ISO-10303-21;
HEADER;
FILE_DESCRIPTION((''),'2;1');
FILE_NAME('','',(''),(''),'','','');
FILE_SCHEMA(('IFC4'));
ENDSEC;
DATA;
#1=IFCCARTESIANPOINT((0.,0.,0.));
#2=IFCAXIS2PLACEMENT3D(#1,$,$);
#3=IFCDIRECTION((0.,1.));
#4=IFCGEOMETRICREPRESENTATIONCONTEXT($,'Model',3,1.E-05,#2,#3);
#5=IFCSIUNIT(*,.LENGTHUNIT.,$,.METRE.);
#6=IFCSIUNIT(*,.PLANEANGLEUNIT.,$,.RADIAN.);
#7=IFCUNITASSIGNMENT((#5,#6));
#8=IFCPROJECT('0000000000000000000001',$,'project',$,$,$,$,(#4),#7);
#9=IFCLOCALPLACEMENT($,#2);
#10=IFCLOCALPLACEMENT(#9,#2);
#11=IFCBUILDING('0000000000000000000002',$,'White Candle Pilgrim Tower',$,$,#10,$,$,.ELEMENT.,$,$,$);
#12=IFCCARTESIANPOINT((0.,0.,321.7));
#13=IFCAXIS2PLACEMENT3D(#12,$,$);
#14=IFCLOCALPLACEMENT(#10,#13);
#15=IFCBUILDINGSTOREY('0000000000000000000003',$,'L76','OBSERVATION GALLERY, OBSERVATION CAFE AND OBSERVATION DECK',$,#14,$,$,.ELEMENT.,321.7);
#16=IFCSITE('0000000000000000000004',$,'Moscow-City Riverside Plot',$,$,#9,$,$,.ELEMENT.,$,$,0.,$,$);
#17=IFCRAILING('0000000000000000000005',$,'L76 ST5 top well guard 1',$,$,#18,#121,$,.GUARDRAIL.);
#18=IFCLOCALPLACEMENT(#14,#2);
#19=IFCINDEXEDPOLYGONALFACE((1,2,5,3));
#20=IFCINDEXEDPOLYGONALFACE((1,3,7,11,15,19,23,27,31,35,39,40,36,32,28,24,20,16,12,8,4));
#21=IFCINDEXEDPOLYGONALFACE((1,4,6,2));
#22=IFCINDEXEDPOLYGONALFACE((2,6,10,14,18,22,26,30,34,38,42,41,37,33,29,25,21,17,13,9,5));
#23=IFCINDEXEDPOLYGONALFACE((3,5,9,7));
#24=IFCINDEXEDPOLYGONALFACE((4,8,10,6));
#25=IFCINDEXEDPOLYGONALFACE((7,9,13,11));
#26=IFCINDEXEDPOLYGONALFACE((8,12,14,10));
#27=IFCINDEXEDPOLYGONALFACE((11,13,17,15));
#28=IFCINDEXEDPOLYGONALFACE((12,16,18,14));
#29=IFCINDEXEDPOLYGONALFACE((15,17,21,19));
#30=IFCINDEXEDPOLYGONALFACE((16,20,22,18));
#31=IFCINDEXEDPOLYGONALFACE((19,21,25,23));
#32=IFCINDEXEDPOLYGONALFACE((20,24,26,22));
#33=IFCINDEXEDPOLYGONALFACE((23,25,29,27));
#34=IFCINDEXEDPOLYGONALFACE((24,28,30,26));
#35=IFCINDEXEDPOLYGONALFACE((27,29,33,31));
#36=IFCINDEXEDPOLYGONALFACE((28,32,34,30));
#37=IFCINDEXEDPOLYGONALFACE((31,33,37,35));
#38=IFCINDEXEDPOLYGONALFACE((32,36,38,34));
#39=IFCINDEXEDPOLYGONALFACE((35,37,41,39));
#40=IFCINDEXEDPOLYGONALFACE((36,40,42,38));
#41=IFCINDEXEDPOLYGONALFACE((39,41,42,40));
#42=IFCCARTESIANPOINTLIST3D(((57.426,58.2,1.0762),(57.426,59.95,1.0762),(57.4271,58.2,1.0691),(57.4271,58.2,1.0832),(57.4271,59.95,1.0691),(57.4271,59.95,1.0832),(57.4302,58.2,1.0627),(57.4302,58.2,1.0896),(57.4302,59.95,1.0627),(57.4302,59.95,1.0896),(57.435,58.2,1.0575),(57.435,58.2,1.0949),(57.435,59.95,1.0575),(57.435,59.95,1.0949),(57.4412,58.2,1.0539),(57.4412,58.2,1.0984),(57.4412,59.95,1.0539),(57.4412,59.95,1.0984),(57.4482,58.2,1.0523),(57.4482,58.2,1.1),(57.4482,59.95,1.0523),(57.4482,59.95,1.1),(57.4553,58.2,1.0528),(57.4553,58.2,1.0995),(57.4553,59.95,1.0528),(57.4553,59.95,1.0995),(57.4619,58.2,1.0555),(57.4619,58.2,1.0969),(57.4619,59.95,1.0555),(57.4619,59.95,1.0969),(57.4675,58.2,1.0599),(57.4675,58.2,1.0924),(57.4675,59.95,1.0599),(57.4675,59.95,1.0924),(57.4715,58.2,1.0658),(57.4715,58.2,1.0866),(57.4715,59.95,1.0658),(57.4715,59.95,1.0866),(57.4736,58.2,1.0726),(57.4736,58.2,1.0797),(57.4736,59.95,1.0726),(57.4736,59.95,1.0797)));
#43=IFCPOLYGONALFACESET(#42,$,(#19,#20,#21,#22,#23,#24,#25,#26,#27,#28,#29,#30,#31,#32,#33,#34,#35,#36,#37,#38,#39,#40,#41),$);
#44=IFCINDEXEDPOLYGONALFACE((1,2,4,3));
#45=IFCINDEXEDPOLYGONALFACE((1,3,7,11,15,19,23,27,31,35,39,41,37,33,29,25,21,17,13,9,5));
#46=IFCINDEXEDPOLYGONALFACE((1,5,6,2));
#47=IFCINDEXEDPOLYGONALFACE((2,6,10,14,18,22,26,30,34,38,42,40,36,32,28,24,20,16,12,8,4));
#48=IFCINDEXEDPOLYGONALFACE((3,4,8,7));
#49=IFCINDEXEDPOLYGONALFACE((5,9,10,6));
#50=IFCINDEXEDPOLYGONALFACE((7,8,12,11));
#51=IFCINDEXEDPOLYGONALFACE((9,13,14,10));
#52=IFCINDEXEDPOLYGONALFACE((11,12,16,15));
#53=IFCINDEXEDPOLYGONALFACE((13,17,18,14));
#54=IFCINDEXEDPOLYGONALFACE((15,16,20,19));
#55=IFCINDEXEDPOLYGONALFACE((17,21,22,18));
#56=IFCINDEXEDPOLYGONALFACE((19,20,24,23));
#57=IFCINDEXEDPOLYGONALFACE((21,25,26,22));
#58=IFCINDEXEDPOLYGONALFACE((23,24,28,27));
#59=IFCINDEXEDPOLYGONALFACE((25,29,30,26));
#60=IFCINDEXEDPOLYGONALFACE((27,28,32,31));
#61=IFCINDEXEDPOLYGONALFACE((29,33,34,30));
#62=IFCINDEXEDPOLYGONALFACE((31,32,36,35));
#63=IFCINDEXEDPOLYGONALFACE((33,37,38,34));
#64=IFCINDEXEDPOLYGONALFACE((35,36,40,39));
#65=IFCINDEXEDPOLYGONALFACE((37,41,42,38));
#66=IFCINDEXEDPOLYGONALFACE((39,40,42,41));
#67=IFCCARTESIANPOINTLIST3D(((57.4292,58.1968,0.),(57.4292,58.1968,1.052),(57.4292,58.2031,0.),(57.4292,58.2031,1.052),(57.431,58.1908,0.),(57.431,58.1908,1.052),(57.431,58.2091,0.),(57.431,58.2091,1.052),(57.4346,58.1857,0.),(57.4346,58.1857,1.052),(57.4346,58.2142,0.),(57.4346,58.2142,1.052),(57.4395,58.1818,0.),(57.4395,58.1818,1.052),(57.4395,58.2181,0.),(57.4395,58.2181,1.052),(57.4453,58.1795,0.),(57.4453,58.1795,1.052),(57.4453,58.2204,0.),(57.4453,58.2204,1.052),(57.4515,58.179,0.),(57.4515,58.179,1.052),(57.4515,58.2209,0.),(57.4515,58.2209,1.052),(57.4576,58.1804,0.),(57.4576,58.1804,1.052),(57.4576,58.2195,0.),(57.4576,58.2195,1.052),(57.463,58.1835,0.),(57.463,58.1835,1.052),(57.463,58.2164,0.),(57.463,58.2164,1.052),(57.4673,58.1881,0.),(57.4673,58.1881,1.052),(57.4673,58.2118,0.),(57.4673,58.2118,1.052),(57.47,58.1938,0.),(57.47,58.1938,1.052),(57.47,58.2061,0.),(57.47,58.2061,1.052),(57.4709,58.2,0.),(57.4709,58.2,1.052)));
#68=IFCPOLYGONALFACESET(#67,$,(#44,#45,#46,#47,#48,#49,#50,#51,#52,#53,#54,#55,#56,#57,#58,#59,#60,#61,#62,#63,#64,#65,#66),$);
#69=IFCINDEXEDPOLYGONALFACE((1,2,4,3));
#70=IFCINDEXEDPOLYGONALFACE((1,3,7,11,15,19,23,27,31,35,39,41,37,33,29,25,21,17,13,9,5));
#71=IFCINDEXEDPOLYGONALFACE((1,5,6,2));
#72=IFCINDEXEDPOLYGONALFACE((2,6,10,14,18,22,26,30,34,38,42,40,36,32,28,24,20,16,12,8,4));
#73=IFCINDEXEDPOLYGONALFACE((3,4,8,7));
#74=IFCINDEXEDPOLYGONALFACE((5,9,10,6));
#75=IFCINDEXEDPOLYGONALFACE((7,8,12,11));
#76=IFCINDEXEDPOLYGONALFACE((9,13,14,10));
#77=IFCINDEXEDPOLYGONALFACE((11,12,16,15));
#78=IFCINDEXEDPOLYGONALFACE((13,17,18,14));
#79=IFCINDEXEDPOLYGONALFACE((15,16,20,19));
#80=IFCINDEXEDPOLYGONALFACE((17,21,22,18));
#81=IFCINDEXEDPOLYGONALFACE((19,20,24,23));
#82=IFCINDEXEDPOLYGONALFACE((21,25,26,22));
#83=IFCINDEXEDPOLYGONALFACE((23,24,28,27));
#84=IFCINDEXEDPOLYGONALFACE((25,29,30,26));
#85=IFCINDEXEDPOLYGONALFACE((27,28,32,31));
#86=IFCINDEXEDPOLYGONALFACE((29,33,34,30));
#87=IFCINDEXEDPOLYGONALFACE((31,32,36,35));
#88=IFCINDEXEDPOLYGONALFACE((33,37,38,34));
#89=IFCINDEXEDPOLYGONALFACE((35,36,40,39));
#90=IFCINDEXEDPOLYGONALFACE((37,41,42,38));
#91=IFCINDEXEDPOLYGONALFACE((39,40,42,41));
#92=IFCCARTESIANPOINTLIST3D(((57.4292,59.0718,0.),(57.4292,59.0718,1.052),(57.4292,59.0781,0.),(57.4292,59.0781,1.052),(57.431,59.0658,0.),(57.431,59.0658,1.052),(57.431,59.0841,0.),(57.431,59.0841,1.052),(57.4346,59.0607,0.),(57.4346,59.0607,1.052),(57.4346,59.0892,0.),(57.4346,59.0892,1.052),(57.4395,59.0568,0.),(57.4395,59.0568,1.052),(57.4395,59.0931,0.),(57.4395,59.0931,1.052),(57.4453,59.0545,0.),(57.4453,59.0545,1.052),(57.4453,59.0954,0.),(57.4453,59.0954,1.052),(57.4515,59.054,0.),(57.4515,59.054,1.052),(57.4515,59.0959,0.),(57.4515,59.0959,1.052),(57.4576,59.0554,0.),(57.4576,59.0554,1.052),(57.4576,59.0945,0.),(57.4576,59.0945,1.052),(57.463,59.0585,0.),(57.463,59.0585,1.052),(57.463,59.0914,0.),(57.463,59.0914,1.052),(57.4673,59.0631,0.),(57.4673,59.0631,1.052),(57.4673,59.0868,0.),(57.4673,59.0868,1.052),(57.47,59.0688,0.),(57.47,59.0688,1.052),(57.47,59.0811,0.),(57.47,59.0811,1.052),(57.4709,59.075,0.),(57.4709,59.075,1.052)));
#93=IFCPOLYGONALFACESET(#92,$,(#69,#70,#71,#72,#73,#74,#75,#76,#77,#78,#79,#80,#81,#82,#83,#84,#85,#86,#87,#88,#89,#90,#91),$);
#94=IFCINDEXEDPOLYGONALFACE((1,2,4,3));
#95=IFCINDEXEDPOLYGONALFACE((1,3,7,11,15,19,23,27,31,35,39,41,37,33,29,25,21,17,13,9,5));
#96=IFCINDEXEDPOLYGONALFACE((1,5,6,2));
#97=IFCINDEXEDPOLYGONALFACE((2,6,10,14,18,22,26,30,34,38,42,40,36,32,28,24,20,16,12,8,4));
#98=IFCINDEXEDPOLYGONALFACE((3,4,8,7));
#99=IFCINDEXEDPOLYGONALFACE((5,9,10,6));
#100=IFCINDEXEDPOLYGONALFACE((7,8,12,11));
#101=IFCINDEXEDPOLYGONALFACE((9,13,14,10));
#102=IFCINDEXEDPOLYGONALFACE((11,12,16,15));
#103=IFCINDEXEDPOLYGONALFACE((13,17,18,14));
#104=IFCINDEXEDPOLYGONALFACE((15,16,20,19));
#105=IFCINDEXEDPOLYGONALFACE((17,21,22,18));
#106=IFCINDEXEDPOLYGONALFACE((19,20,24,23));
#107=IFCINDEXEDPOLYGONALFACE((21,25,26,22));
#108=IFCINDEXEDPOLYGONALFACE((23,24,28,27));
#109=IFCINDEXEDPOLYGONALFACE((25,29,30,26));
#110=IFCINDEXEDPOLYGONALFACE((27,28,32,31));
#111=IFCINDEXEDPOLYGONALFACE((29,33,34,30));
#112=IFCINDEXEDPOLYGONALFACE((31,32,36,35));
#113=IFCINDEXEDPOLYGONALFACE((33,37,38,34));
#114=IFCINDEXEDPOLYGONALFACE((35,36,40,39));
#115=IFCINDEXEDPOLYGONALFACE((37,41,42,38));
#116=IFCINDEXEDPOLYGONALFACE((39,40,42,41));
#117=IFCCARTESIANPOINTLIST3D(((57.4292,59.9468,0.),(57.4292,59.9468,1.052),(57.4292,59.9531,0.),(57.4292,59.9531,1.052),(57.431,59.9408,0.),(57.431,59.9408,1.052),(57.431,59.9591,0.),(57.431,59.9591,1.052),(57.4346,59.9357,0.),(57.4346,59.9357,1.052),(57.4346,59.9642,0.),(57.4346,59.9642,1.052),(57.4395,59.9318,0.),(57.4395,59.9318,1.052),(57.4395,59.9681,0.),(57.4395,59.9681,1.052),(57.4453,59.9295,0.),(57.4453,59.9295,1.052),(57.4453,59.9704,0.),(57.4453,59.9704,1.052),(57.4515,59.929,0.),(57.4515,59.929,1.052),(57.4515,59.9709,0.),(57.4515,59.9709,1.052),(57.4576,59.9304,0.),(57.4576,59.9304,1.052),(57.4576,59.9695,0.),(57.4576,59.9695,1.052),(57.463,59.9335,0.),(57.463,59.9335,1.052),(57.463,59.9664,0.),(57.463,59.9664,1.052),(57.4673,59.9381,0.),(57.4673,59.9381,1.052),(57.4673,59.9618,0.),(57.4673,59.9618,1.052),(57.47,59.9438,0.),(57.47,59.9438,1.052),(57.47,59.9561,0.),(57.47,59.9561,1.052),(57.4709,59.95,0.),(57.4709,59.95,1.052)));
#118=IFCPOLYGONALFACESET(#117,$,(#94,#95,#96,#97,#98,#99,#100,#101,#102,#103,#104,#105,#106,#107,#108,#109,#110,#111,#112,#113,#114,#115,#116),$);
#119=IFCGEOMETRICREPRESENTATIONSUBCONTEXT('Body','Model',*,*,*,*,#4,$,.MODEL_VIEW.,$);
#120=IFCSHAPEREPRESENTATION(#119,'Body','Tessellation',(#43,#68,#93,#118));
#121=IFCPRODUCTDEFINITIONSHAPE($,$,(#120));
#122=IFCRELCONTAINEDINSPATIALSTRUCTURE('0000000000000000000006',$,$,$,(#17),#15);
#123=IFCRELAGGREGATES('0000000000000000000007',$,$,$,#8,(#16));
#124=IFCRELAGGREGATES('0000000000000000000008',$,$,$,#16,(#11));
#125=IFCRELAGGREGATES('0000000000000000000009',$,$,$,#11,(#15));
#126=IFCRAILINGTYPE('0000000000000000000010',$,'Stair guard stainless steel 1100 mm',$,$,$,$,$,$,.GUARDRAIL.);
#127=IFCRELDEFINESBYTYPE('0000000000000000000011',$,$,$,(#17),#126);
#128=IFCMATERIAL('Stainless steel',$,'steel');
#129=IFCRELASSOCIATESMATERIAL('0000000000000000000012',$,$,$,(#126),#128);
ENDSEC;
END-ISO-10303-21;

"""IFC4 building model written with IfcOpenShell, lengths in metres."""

from ifc_helpers import new_model, si_unit, direction, frame, origin, origin_2d, place, context, subcontext, project, spatial, circle, extrude, material, type_object, element, save


model = new_model("IFC4")

# Units and contexts
model_context = context("Model", 3, precision=1e-05, world=origin(), true_north=direction((0.0, 1.0)))
body_context = subcontext(model_context, "Body", "Model", "MODEL_VIEW")
ifc_project = project(units=[si_unit("LENGTHUNIT", "METRE"), si_unit("PLANEANGLEUNIT", "RADIAN")], contexts=[model_context])

# Site, building, storey
site_placement = place(None, origin())
site = spatial("IfcSite", under=ifc_project, at=site_placement, Name="Moscow-City Riverside Plot", CompositionType="ELEMENT", RefElevation=0.0)
building_placement = place(site_placement, origin())
building = spatial("IfcBuilding", under=site, at=building_placement, Name="White Candle Pilgrim Tower", CompositionType="ELEMENT")
storey_placement = place(building_placement, frame((0.0, 0.0, 321.7)))
storey = spatial("IfcBuildingStorey", under=building, at=storey_placement, Name="L76", Description="OBSERVATION GALLERY, OBSERVATION CAFE AND OBSERVATION DECK", CompositionType="ELEMENT", Elevation=321.7)

# Railing
ifc_material_1 = material(Name="Stainless steel", Category="steel")
railing_type = type_object("IfcRailingType", Name="Stair guard stainless steel 1100 mm", PredefinedType="GUARDRAIL", material=ifc_material_1)
railing_placement = place(storey_placement, frame((57.45, 58.2, 0.0)))
element("IfcRailing", 1, at=railing_placement, inside=storey, type_object=railing_type, Name="L76 ST5 top well guard 1", PredefinedType="GUARDRAIL", context=body_context, shape_type="SweptSolid", body=[
    extrude(circle(Radius=0.0239, at=origin_2d()), frame((0.0, 0.0, 1.0762), z_axis=(0.0, 1.0, 0.0), x_axis=(-1.0, 0.0, 0.0)), (0.0, 0.0, 1.0), 1.75),
    extrude(circle(Radius=0.021, at=origin_2d()), origin(), (0.0, 0.0, 1.0), 1.052),
    extrude(circle(Radius=0.021, at=origin_2d()), frame((0.0, 0.875, 0.0)), (0.0, 0.0, 1.0), 1.052),
    extrude(circle(Radius=0.021, at=origin_2d()), frame((0.0, 1.75, 0.0)), (0.0, 0.0, 1.0), 1.052),
])

save(model, "model.ifc")
